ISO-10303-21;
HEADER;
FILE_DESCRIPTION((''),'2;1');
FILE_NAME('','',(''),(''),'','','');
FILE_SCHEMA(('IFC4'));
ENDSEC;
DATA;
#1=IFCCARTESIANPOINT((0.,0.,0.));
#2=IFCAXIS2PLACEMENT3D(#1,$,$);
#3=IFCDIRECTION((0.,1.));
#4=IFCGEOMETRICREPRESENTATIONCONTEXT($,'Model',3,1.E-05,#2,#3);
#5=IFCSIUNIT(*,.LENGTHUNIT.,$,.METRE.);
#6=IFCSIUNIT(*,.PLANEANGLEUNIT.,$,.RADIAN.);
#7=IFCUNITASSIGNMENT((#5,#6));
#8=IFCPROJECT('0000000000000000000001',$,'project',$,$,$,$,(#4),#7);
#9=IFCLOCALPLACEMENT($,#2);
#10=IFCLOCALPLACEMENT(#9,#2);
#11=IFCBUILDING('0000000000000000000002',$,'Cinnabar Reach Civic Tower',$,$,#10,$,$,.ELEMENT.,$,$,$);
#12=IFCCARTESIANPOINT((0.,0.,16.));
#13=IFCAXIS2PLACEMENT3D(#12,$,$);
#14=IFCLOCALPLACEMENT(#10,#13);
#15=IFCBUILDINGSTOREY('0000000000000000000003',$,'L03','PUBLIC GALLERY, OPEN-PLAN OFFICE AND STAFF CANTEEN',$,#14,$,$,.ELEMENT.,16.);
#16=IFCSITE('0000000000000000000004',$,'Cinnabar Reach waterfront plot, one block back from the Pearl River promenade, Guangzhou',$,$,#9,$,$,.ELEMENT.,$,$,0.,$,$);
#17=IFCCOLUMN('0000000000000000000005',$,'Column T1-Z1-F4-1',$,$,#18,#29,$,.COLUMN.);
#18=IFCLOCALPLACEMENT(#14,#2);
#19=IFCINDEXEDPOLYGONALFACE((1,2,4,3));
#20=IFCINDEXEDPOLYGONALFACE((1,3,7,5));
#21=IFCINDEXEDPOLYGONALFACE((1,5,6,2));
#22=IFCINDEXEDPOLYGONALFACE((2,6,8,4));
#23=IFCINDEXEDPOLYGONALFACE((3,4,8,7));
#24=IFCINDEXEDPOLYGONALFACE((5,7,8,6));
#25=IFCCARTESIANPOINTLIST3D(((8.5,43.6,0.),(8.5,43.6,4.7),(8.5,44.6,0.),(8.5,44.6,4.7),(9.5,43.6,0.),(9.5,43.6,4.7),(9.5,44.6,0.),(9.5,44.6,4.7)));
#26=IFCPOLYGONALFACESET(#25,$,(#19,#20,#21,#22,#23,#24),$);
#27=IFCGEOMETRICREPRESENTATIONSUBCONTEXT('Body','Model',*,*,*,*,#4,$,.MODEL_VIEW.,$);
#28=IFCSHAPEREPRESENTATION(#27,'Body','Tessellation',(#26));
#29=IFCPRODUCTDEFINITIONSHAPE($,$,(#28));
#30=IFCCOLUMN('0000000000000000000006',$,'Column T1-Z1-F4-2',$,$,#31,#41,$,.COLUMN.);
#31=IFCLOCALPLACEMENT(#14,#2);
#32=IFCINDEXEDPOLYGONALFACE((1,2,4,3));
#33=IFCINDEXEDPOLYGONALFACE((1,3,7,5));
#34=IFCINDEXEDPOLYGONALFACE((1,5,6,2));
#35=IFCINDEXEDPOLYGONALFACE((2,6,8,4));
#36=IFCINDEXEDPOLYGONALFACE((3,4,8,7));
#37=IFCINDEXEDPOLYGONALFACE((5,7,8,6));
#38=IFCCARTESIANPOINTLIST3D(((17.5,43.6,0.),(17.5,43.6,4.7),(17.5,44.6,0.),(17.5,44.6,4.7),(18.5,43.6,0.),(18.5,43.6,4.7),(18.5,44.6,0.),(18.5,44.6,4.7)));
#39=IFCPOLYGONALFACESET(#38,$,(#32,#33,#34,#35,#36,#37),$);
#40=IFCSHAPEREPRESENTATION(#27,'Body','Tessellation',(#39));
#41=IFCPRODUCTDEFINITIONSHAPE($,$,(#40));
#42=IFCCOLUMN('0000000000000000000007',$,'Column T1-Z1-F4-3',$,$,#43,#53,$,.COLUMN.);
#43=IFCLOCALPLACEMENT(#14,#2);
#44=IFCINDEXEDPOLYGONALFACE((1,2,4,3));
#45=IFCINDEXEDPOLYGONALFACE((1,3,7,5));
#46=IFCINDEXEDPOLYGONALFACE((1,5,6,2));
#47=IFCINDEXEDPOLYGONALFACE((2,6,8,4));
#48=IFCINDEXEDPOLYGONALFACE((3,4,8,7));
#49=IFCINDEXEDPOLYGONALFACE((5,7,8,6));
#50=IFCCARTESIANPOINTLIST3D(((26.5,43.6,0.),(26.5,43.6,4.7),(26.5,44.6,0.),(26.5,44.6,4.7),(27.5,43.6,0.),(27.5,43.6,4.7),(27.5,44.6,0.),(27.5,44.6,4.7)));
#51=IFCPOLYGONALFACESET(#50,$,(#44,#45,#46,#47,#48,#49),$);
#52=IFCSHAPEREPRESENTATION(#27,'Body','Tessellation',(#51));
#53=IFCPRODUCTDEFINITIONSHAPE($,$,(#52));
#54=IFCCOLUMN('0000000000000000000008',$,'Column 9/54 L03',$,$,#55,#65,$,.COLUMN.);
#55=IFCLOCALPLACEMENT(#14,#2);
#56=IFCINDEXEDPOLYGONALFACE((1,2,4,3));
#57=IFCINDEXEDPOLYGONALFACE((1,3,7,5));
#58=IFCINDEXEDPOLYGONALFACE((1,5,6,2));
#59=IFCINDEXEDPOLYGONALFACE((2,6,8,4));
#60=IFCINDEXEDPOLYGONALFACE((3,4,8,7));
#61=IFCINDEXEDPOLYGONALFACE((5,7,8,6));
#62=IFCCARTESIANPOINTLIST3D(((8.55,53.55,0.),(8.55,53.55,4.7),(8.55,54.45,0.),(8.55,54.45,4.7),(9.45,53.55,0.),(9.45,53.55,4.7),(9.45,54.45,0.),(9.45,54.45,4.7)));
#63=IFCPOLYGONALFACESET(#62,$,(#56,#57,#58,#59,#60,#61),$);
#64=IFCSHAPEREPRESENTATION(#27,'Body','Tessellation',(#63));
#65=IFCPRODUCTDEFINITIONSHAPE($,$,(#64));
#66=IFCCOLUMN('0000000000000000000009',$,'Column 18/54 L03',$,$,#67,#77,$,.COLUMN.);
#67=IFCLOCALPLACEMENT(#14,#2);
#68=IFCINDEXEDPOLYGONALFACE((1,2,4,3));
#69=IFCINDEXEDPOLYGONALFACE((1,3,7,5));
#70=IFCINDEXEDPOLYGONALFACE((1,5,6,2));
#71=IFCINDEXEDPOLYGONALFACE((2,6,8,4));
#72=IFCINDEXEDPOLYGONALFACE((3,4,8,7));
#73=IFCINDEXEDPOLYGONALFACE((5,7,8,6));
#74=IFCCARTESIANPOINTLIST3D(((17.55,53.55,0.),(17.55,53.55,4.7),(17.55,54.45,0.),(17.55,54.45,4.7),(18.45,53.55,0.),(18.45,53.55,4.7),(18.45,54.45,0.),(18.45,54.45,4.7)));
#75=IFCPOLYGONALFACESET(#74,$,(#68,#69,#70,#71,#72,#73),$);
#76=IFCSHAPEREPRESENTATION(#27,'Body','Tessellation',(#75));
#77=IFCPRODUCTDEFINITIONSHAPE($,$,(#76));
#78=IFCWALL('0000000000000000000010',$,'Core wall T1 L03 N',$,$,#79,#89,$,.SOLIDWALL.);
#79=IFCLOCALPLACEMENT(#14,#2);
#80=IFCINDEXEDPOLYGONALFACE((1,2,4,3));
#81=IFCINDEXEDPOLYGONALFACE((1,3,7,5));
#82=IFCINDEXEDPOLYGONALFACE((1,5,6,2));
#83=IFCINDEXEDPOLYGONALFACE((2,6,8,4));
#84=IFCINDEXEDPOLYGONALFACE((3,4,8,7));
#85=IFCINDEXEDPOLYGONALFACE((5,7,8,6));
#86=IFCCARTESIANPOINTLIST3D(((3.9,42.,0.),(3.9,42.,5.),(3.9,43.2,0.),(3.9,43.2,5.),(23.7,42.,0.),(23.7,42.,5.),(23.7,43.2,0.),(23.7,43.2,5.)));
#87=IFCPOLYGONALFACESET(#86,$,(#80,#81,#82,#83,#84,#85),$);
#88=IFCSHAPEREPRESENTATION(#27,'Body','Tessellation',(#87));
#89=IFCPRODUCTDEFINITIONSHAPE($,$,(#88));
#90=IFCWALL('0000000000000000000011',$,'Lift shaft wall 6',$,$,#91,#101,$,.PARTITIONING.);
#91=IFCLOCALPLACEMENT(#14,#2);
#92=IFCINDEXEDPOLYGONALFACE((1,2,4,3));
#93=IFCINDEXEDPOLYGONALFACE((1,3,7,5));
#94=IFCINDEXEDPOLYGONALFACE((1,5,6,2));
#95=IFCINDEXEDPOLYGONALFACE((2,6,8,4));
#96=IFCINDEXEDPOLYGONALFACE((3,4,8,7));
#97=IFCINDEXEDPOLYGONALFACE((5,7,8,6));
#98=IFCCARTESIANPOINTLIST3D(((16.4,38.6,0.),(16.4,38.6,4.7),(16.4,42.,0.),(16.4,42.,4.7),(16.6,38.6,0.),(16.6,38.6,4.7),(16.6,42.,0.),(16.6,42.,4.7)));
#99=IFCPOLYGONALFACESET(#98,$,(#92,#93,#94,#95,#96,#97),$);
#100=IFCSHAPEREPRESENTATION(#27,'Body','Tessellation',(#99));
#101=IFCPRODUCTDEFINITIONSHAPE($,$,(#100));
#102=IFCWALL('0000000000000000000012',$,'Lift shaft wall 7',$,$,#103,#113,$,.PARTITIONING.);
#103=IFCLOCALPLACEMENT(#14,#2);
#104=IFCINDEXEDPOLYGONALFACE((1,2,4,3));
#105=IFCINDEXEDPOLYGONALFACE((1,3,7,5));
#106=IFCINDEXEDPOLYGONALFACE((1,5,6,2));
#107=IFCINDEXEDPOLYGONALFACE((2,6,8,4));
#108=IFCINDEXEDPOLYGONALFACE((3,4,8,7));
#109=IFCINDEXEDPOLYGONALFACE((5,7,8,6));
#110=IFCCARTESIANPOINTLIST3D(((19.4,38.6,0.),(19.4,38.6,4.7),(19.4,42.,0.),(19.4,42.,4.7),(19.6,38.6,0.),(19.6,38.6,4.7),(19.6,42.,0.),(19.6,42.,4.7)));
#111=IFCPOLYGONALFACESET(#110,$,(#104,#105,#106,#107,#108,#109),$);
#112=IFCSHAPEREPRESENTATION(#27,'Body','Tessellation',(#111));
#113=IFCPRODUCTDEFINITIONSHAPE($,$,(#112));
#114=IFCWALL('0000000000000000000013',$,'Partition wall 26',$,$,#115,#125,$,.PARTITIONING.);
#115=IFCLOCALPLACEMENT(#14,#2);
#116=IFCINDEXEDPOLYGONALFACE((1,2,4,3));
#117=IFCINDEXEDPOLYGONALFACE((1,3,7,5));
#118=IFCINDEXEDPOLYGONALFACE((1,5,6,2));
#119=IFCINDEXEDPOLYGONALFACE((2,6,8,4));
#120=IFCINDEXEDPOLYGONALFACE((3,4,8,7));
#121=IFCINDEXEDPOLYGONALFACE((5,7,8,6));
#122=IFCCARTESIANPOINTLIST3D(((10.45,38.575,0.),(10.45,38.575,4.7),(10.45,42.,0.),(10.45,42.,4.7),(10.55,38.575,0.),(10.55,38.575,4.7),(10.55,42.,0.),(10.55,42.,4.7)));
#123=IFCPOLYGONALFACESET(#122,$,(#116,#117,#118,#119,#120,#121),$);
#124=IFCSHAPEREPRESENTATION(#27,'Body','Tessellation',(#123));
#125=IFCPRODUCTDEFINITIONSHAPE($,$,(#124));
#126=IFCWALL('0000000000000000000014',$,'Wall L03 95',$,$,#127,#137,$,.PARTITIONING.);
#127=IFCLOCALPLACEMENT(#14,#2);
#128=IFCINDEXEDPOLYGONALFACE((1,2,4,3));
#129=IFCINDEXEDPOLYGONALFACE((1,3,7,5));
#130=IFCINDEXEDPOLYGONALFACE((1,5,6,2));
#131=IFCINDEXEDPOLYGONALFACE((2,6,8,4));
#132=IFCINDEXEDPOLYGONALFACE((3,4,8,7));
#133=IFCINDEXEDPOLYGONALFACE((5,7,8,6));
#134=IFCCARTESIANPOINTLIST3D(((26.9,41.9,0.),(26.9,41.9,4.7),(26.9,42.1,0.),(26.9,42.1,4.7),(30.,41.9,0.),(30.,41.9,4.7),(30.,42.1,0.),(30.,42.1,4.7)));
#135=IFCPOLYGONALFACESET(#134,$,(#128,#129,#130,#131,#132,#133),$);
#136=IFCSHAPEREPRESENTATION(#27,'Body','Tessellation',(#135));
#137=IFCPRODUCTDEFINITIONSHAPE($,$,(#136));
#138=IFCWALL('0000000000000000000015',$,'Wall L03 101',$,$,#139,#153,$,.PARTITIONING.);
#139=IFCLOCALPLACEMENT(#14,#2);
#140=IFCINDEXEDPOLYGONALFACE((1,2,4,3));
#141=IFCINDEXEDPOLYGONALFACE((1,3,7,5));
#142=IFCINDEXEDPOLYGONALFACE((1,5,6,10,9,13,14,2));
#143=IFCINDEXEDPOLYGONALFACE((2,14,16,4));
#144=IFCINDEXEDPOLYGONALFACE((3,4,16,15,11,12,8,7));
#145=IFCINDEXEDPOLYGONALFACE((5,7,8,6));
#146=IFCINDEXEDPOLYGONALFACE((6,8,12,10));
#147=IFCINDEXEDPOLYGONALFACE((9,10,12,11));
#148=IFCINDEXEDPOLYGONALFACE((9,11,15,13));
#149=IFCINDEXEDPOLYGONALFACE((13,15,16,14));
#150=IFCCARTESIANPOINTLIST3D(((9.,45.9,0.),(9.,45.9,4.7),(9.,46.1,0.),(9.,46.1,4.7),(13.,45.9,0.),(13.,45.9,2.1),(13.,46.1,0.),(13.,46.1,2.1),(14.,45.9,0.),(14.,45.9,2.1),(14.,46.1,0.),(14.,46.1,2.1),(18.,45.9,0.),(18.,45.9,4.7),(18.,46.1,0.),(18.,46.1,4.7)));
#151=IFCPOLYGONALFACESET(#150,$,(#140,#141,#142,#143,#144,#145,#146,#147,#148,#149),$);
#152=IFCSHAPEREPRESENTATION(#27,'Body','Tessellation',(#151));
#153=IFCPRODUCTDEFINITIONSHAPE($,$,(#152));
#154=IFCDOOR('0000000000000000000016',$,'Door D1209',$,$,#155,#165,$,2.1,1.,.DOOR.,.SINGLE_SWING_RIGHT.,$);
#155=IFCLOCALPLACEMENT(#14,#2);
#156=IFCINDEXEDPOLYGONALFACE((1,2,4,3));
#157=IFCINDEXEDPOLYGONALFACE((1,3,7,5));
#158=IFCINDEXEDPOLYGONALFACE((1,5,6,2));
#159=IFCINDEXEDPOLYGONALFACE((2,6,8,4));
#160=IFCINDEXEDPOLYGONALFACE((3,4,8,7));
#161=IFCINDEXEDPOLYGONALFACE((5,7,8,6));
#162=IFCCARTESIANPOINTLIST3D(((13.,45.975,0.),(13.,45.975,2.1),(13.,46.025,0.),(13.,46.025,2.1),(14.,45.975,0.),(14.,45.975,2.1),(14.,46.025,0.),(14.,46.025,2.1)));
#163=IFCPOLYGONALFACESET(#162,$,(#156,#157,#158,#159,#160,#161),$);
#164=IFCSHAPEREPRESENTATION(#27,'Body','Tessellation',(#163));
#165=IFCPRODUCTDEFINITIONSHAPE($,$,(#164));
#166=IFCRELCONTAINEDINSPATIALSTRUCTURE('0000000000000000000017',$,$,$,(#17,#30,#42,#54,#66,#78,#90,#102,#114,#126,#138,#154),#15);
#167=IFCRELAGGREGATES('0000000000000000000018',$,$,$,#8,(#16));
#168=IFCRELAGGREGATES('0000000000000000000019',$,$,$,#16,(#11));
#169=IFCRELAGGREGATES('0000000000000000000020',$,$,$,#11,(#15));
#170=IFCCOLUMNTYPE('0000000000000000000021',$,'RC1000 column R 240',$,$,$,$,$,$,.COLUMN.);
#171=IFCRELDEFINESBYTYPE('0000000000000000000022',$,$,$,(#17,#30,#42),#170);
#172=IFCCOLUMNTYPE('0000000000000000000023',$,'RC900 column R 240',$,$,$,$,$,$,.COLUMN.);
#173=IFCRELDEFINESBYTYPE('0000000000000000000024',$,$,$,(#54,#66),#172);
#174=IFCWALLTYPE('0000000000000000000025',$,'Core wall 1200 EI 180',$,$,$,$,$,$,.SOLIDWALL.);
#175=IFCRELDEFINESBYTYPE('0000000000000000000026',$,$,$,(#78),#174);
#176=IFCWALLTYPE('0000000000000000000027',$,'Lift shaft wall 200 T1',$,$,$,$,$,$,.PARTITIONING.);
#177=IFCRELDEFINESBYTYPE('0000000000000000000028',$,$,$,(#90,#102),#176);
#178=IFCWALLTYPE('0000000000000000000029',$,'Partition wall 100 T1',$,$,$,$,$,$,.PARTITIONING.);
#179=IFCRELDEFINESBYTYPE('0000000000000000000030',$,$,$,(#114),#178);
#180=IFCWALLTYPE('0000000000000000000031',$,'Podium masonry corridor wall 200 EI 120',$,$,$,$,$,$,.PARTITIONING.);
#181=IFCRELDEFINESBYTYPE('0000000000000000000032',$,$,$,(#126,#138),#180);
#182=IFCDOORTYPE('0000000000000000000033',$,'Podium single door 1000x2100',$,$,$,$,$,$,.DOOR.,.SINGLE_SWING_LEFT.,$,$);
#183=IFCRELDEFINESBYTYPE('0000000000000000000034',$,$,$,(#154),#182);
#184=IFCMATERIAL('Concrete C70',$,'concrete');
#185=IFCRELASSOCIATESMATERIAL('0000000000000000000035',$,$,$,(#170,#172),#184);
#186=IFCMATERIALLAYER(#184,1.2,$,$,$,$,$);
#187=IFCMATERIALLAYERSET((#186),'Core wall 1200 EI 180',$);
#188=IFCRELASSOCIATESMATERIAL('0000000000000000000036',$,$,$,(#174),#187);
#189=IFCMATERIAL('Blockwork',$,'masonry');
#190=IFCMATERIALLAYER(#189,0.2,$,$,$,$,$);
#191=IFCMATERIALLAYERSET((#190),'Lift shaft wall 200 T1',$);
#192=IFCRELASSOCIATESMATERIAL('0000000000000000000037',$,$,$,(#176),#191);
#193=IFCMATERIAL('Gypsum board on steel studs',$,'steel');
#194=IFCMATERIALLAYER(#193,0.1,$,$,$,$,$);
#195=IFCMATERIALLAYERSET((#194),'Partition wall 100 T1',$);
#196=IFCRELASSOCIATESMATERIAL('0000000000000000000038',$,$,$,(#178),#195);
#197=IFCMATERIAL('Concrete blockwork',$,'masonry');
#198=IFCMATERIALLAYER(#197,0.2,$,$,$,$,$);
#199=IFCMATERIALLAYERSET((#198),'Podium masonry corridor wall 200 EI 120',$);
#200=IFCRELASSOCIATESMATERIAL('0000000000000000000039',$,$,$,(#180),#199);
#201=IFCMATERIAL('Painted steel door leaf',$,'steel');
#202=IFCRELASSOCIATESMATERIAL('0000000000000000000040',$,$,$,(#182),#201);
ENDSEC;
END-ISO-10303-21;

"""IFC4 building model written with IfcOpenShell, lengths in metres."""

from ifc_helpers import new_model, si_unit, direction, frame, frame_2d, origin, origin_2d, place, context, subcontext, project, spatial, rectangle, extrude, material, layer, layer_set, material_profile, profile_set, type_object, element, fill, save


model = new_model("IFC4")

# Units and contexts
model_context = context("Model", 3, precision=1e-05, world=origin(), true_north=direction((0.0, 1.0)))
body_context = subcontext(model_context, "Body", "Model", "MODEL_VIEW")
ifc_project = project(units=[si_unit("LENGTHUNIT", "METRE"), si_unit("PLANEANGLEUNIT", "RADIAN")], contexts=[model_context])

# Site, building, storey
site_placement = place(None, origin())
site = spatial("IfcSite", under=ifc_project, at=site_placement, Name="Cinnabar Reach waterfront plot, one block back from the Pearl River promenade, Guangzhou", CompositionType="ELEMENT", RefElevation=0.0)
building_placement = place(site_placement, origin())
building = spatial("IfcBuilding", under=site, at=building_placement, Name="Cinnabar Reach Civic Tower", CompositionType="ELEMENT")
storey_placement = place(building_placement, frame((0.0, 0.0, 16.0)))
storey = spatial("IfcBuildingStorey", under=building, at=storey_placement, Name="L03", Description="PUBLIC GALLERY, OPEN-PLAN OFFICE AND STAFF CANTEEN", CompositionType="ELEMENT", Elevation=16.0)

# Columns
ifc_material_1 = material(Name="Concrete C70", Category="concrete")
ifc_material_profile_1 = material_profile(ifc_material_1, rectangle(XDim=1.0, YDim=1.0, at=origin_2d()), Name="RC1000")
ifc_profile_set_1 = profile_set([ifc_material_profile_1], Name="Concrete C70")
column_type_1 = type_object("IfcColumnType", Name="RC1000 column R 240", PredefinedType="COLUMN", material=ifc_profile_set_1)
for number, where, z_axis, x_axis, name in (
    (1, (9.0, 44.1, 0.0), (0.0, 0.0, 1.0), (1.0, 0.0, 0.0), "Column T1-Z1-F4-1"),
    (2, (18.0, 44.1, 0.0), (0.0, 0.0, 1.0), (1.0, 0.0, 0.0), "Column T1-Z1-F4-2"),
    (3, (27.0, 44.1, 0.0), (0.0, 0.0, 1.0), (1.0, 0.0, 0.0), "Column T1-Z1-F4-3"),
):
    element("IfcColumn", number, at=place(storey_placement, frame(where, z_axis=z_axis, x_axis=x_axis)), inside=storey, type_object=column_type_1, Name=name, PredefinedType="COLUMN", context=body_context, shape_type="SweptSolid", body=[
        extrude(rectangle(XDim=1.0, YDim=1.0, at=origin_2d()), origin(), (0.0, 0.0, 1.0), 4.7),
    ])
ifc_material_profile_2 = material_profile(ifc_material_1, rectangle(XDim=0.9, YDim=0.9, at=origin_2d()), Name="RC900")
ifc_profile_set_2 = profile_set([ifc_material_profile_2], Name="Concrete C70")
column_type_2 = type_object("IfcColumnType", Name="RC900 column R 240", PredefinedType="COLUMN", material=ifc_profile_set_2)
for number, where, z_axis, x_axis, name in (
    (4, (9.0, 54.0, 0.0), (0.0, 0.0, 1.0), (1.0, 0.0, 0.0), "Column 9/54 L03"),
    (5, (18.0, 54.0, 0.0), (0.0, 0.0, 1.0), (1.0, 0.0, 0.0), "Column 18/54 L03"),
):
    element("IfcColumn", number, at=place(storey_placement, frame(where, z_axis=z_axis, x_axis=x_axis)), inside=storey, type_object=column_type_2, Name=name, PredefinedType="COLUMN", context=body_context, shape_type="SweptSolid", body=[
        extrude(rectangle(XDim=0.9, YDim=0.9, at=origin_2d()), origin(), (0.0, 0.0, 1.0), 4.7),
    ])

# Walls
ifc_layer_1 = layer(ifc_material_1, 1.2)
ifc_layer_set_1 = layer_set([ifc_layer_1], Name="Core wall 1200 EI 180")
wall_type_1 = type_object("IfcWallType", Name="Core wall 1200 EI 180", PredefinedType="SOLIDWALL", material=ifc_layer_set_1)
wall_1_placement = place(storey_placement, frame((23.7, 42.6, 0.0), z_axis=(0.0, 0.0, 1.0), x_axis=(-1.0, 0.0, 0.0)))
element("IfcWall", 6, at=wall_1_placement, inside=storey, type_object=wall_type_1, Name="Core wall T1 L03 N", PredefinedType="SOLIDWALL", context=body_context, shape_type="SweptSolid", body=[
    extrude(rectangle(XDim=19.8, YDim=1.2, at=frame_2d((9.9, 0.0))), origin(), (0.0, 0.0, 1.0), 5.0),
])
ifc_material_2 = material(Name="Blockwork", Category="masonry")
ifc_layer_2 = layer(ifc_material_2, 0.2)
ifc_layer_set_2 = layer_set([ifc_layer_2], Name="Lift shaft wall 200 T1")
wall_type_2 = type_object("IfcWallType", Name="Lift shaft wall 200 T1", PredefinedType="PARTITIONING", material=ifc_layer_set_2)
for number, where, z_axis, x_axis, name in (
    (7, (16.5, 38.6, 0.0), (0.0, 0.0, 1.0), (0.0, 1.0, 0.0), "Lift shaft wall 6"),
    (8, (19.5, 38.6, 0.0), (0.0, 0.0, 1.0), (0.0, 1.0, 0.0), "Lift shaft wall 7"),
):
    element("IfcWall", number, at=place(storey_placement, frame(where, z_axis=z_axis, x_axis=x_axis)), inside=storey, type_object=wall_type_2, Name=name, PredefinedType="PARTITIONING", context=body_context, shape_type="SweptSolid", body=[
        extrude(rectangle(XDim=3.4, YDim=0.2, at=frame_2d((1.7, 0.0))), origin(), (0.0, 0.0, 1.0), 4.7),
    ])
ifc_material_3 = material(Name="Gypsum board on steel studs", Category="steel")
ifc_layer_3 = layer(ifc_material_3, 0.1)
ifc_layer_set_3 = layer_set([ifc_layer_3], Name="Partition wall 100 T1")
wall_type_3 = type_object("IfcWallType", Name="Partition wall 100 T1", PredefinedType="PARTITIONING", material=ifc_layer_set_3)
wall_2_placement = place(storey_placement, frame((10.5, 38.575, 0.0), z_axis=(0.0, 0.0, 1.0), x_axis=(0.0, 1.0, 0.0)))
element("IfcWall", 9, at=wall_2_placement, inside=storey, type_object=wall_type_3, Name="Partition wall 26", PredefinedType="PARTITIONING", context=body_context, shape_type="SweptSolid", body=[
    extrude(rectangle(XDim=3.425, YDim=0.1, at=frame_2d((1.7125, 0.0))), origin(), (0.0, 0.0, 1.0), 4.7),
])
ifc_material_4 = material(Name="Concrete blockwork", Category="masonry")
ifc_layer_4 = layer(ifc_material_4, 0.2)
ifc_layer_set_4 = layer_set([ifc_layer_4], Name="Podium masonry corridor wall 200 EI 120")
wall_type_4 = type_object("IfcWallType", Name="Podium masonry corridor wall 200 EI 120", PredefinedType="PARTITIONING", material=ifc_layer_set_4)
wall_3_placement = place(storey_placement, frame((26.9, 42.0, 0.0), z_axis=(0.0, 0.0, 1.0), x_axis=(1.0, 0.0, 0.0)))
element("IfcWall", 10, at=wall_3_placement, inside=storey, type_object=wall_type_4, Name="Wall L03 95", PredefinedType="PARTITIONING", context=body_context, shape_type="SweptSolid", body=[
    extrude(rectangle(XDim=3.1, YDim=0.2, at=frame_2d((1.55, 0.0))), origin(), (0.0, 0.0, 1.0), 4.7),
])

# Wall, opening, door
wall_4_placement = place(storey_placement, frame((9.0, 46.0, 0.0), z_axis=(0.0, 0.0, 1.0), x_axis=(1.0, 0.0, 0.0)))
wall_4 = element("IfcWall", 11, at=wall_4_placement, inside=storey, type_object=wall_type_4, Name="Wall L03 101", PredefinedType="PARTITIONING", context=body_context, shape_type="SweptSolid", body=[
    extrude(rectangle(XDim=9.0, YDim=0.2, at=frame_2d((4.5, 0.0))), origin(), (0.0, 0.0, 1.0), 4.7),
])
opening_1_placement = place(wall_4_placement, frame((4.0, 0.0, 0.0)))
opening_1 = element("IfcOpeningElement", 12, at=opening_1_placement, cuts=wall_4, PredefinedType="OPENING", context=body_context, shape_type="SweptSolid", body=[
    extrude(rectangle(XDim=1.0, YDim=2.1, at=frame_2d((0.5, 1.05))), frame((0.0, 0.11, 0.0), z_axis=(0.0, -1.0, 0.0), x_axis=(1.0, 0.0, 0.0)), (0.0, 0.0, 1.0), 0.22),
])
ifc_material_5 = material(Name="Painted steel door leaf", Category="steel")
door_type_1 = type_object("IfcDoorType", Name="Podium single door 1000x2100", OperationType="SINGLE_SWING_LEFT", PredefinedType="DOOR", material=ifc_material_5)
door_1_placement = place(opening_1_placement, frame((1.0, 0.0, 0.0), z_axis=(0.0, 0.0, 1.0), x_axis=(-1.0, 0.0, 0.0)))
door_1 = element("IfcDoor", 13, at=door_1_placement, inside=storey, type_object=door_type_1, Name="Door D1209", OperationType="SINGLE_SWING_RIGHT", OverallHeight=2.1, OverallWidth=1.0, PredefinedType="DOOR", context=body_context, shape_type="SweptSolid", body=[
    extrude(rectangle(XDim=1.0, YDim=2.1, at=frame_2d((0.5, 1.05))), frame((0.0, 0.025, 0.0), z_axis=(0.0, -1.0, 0.0), x_axis=(1.0, 0.0, 0.0)), (0.0, 0.0, 1.0), 0.05),
])
fill(opening_1, door_1)

save(model, "model.ifc")
